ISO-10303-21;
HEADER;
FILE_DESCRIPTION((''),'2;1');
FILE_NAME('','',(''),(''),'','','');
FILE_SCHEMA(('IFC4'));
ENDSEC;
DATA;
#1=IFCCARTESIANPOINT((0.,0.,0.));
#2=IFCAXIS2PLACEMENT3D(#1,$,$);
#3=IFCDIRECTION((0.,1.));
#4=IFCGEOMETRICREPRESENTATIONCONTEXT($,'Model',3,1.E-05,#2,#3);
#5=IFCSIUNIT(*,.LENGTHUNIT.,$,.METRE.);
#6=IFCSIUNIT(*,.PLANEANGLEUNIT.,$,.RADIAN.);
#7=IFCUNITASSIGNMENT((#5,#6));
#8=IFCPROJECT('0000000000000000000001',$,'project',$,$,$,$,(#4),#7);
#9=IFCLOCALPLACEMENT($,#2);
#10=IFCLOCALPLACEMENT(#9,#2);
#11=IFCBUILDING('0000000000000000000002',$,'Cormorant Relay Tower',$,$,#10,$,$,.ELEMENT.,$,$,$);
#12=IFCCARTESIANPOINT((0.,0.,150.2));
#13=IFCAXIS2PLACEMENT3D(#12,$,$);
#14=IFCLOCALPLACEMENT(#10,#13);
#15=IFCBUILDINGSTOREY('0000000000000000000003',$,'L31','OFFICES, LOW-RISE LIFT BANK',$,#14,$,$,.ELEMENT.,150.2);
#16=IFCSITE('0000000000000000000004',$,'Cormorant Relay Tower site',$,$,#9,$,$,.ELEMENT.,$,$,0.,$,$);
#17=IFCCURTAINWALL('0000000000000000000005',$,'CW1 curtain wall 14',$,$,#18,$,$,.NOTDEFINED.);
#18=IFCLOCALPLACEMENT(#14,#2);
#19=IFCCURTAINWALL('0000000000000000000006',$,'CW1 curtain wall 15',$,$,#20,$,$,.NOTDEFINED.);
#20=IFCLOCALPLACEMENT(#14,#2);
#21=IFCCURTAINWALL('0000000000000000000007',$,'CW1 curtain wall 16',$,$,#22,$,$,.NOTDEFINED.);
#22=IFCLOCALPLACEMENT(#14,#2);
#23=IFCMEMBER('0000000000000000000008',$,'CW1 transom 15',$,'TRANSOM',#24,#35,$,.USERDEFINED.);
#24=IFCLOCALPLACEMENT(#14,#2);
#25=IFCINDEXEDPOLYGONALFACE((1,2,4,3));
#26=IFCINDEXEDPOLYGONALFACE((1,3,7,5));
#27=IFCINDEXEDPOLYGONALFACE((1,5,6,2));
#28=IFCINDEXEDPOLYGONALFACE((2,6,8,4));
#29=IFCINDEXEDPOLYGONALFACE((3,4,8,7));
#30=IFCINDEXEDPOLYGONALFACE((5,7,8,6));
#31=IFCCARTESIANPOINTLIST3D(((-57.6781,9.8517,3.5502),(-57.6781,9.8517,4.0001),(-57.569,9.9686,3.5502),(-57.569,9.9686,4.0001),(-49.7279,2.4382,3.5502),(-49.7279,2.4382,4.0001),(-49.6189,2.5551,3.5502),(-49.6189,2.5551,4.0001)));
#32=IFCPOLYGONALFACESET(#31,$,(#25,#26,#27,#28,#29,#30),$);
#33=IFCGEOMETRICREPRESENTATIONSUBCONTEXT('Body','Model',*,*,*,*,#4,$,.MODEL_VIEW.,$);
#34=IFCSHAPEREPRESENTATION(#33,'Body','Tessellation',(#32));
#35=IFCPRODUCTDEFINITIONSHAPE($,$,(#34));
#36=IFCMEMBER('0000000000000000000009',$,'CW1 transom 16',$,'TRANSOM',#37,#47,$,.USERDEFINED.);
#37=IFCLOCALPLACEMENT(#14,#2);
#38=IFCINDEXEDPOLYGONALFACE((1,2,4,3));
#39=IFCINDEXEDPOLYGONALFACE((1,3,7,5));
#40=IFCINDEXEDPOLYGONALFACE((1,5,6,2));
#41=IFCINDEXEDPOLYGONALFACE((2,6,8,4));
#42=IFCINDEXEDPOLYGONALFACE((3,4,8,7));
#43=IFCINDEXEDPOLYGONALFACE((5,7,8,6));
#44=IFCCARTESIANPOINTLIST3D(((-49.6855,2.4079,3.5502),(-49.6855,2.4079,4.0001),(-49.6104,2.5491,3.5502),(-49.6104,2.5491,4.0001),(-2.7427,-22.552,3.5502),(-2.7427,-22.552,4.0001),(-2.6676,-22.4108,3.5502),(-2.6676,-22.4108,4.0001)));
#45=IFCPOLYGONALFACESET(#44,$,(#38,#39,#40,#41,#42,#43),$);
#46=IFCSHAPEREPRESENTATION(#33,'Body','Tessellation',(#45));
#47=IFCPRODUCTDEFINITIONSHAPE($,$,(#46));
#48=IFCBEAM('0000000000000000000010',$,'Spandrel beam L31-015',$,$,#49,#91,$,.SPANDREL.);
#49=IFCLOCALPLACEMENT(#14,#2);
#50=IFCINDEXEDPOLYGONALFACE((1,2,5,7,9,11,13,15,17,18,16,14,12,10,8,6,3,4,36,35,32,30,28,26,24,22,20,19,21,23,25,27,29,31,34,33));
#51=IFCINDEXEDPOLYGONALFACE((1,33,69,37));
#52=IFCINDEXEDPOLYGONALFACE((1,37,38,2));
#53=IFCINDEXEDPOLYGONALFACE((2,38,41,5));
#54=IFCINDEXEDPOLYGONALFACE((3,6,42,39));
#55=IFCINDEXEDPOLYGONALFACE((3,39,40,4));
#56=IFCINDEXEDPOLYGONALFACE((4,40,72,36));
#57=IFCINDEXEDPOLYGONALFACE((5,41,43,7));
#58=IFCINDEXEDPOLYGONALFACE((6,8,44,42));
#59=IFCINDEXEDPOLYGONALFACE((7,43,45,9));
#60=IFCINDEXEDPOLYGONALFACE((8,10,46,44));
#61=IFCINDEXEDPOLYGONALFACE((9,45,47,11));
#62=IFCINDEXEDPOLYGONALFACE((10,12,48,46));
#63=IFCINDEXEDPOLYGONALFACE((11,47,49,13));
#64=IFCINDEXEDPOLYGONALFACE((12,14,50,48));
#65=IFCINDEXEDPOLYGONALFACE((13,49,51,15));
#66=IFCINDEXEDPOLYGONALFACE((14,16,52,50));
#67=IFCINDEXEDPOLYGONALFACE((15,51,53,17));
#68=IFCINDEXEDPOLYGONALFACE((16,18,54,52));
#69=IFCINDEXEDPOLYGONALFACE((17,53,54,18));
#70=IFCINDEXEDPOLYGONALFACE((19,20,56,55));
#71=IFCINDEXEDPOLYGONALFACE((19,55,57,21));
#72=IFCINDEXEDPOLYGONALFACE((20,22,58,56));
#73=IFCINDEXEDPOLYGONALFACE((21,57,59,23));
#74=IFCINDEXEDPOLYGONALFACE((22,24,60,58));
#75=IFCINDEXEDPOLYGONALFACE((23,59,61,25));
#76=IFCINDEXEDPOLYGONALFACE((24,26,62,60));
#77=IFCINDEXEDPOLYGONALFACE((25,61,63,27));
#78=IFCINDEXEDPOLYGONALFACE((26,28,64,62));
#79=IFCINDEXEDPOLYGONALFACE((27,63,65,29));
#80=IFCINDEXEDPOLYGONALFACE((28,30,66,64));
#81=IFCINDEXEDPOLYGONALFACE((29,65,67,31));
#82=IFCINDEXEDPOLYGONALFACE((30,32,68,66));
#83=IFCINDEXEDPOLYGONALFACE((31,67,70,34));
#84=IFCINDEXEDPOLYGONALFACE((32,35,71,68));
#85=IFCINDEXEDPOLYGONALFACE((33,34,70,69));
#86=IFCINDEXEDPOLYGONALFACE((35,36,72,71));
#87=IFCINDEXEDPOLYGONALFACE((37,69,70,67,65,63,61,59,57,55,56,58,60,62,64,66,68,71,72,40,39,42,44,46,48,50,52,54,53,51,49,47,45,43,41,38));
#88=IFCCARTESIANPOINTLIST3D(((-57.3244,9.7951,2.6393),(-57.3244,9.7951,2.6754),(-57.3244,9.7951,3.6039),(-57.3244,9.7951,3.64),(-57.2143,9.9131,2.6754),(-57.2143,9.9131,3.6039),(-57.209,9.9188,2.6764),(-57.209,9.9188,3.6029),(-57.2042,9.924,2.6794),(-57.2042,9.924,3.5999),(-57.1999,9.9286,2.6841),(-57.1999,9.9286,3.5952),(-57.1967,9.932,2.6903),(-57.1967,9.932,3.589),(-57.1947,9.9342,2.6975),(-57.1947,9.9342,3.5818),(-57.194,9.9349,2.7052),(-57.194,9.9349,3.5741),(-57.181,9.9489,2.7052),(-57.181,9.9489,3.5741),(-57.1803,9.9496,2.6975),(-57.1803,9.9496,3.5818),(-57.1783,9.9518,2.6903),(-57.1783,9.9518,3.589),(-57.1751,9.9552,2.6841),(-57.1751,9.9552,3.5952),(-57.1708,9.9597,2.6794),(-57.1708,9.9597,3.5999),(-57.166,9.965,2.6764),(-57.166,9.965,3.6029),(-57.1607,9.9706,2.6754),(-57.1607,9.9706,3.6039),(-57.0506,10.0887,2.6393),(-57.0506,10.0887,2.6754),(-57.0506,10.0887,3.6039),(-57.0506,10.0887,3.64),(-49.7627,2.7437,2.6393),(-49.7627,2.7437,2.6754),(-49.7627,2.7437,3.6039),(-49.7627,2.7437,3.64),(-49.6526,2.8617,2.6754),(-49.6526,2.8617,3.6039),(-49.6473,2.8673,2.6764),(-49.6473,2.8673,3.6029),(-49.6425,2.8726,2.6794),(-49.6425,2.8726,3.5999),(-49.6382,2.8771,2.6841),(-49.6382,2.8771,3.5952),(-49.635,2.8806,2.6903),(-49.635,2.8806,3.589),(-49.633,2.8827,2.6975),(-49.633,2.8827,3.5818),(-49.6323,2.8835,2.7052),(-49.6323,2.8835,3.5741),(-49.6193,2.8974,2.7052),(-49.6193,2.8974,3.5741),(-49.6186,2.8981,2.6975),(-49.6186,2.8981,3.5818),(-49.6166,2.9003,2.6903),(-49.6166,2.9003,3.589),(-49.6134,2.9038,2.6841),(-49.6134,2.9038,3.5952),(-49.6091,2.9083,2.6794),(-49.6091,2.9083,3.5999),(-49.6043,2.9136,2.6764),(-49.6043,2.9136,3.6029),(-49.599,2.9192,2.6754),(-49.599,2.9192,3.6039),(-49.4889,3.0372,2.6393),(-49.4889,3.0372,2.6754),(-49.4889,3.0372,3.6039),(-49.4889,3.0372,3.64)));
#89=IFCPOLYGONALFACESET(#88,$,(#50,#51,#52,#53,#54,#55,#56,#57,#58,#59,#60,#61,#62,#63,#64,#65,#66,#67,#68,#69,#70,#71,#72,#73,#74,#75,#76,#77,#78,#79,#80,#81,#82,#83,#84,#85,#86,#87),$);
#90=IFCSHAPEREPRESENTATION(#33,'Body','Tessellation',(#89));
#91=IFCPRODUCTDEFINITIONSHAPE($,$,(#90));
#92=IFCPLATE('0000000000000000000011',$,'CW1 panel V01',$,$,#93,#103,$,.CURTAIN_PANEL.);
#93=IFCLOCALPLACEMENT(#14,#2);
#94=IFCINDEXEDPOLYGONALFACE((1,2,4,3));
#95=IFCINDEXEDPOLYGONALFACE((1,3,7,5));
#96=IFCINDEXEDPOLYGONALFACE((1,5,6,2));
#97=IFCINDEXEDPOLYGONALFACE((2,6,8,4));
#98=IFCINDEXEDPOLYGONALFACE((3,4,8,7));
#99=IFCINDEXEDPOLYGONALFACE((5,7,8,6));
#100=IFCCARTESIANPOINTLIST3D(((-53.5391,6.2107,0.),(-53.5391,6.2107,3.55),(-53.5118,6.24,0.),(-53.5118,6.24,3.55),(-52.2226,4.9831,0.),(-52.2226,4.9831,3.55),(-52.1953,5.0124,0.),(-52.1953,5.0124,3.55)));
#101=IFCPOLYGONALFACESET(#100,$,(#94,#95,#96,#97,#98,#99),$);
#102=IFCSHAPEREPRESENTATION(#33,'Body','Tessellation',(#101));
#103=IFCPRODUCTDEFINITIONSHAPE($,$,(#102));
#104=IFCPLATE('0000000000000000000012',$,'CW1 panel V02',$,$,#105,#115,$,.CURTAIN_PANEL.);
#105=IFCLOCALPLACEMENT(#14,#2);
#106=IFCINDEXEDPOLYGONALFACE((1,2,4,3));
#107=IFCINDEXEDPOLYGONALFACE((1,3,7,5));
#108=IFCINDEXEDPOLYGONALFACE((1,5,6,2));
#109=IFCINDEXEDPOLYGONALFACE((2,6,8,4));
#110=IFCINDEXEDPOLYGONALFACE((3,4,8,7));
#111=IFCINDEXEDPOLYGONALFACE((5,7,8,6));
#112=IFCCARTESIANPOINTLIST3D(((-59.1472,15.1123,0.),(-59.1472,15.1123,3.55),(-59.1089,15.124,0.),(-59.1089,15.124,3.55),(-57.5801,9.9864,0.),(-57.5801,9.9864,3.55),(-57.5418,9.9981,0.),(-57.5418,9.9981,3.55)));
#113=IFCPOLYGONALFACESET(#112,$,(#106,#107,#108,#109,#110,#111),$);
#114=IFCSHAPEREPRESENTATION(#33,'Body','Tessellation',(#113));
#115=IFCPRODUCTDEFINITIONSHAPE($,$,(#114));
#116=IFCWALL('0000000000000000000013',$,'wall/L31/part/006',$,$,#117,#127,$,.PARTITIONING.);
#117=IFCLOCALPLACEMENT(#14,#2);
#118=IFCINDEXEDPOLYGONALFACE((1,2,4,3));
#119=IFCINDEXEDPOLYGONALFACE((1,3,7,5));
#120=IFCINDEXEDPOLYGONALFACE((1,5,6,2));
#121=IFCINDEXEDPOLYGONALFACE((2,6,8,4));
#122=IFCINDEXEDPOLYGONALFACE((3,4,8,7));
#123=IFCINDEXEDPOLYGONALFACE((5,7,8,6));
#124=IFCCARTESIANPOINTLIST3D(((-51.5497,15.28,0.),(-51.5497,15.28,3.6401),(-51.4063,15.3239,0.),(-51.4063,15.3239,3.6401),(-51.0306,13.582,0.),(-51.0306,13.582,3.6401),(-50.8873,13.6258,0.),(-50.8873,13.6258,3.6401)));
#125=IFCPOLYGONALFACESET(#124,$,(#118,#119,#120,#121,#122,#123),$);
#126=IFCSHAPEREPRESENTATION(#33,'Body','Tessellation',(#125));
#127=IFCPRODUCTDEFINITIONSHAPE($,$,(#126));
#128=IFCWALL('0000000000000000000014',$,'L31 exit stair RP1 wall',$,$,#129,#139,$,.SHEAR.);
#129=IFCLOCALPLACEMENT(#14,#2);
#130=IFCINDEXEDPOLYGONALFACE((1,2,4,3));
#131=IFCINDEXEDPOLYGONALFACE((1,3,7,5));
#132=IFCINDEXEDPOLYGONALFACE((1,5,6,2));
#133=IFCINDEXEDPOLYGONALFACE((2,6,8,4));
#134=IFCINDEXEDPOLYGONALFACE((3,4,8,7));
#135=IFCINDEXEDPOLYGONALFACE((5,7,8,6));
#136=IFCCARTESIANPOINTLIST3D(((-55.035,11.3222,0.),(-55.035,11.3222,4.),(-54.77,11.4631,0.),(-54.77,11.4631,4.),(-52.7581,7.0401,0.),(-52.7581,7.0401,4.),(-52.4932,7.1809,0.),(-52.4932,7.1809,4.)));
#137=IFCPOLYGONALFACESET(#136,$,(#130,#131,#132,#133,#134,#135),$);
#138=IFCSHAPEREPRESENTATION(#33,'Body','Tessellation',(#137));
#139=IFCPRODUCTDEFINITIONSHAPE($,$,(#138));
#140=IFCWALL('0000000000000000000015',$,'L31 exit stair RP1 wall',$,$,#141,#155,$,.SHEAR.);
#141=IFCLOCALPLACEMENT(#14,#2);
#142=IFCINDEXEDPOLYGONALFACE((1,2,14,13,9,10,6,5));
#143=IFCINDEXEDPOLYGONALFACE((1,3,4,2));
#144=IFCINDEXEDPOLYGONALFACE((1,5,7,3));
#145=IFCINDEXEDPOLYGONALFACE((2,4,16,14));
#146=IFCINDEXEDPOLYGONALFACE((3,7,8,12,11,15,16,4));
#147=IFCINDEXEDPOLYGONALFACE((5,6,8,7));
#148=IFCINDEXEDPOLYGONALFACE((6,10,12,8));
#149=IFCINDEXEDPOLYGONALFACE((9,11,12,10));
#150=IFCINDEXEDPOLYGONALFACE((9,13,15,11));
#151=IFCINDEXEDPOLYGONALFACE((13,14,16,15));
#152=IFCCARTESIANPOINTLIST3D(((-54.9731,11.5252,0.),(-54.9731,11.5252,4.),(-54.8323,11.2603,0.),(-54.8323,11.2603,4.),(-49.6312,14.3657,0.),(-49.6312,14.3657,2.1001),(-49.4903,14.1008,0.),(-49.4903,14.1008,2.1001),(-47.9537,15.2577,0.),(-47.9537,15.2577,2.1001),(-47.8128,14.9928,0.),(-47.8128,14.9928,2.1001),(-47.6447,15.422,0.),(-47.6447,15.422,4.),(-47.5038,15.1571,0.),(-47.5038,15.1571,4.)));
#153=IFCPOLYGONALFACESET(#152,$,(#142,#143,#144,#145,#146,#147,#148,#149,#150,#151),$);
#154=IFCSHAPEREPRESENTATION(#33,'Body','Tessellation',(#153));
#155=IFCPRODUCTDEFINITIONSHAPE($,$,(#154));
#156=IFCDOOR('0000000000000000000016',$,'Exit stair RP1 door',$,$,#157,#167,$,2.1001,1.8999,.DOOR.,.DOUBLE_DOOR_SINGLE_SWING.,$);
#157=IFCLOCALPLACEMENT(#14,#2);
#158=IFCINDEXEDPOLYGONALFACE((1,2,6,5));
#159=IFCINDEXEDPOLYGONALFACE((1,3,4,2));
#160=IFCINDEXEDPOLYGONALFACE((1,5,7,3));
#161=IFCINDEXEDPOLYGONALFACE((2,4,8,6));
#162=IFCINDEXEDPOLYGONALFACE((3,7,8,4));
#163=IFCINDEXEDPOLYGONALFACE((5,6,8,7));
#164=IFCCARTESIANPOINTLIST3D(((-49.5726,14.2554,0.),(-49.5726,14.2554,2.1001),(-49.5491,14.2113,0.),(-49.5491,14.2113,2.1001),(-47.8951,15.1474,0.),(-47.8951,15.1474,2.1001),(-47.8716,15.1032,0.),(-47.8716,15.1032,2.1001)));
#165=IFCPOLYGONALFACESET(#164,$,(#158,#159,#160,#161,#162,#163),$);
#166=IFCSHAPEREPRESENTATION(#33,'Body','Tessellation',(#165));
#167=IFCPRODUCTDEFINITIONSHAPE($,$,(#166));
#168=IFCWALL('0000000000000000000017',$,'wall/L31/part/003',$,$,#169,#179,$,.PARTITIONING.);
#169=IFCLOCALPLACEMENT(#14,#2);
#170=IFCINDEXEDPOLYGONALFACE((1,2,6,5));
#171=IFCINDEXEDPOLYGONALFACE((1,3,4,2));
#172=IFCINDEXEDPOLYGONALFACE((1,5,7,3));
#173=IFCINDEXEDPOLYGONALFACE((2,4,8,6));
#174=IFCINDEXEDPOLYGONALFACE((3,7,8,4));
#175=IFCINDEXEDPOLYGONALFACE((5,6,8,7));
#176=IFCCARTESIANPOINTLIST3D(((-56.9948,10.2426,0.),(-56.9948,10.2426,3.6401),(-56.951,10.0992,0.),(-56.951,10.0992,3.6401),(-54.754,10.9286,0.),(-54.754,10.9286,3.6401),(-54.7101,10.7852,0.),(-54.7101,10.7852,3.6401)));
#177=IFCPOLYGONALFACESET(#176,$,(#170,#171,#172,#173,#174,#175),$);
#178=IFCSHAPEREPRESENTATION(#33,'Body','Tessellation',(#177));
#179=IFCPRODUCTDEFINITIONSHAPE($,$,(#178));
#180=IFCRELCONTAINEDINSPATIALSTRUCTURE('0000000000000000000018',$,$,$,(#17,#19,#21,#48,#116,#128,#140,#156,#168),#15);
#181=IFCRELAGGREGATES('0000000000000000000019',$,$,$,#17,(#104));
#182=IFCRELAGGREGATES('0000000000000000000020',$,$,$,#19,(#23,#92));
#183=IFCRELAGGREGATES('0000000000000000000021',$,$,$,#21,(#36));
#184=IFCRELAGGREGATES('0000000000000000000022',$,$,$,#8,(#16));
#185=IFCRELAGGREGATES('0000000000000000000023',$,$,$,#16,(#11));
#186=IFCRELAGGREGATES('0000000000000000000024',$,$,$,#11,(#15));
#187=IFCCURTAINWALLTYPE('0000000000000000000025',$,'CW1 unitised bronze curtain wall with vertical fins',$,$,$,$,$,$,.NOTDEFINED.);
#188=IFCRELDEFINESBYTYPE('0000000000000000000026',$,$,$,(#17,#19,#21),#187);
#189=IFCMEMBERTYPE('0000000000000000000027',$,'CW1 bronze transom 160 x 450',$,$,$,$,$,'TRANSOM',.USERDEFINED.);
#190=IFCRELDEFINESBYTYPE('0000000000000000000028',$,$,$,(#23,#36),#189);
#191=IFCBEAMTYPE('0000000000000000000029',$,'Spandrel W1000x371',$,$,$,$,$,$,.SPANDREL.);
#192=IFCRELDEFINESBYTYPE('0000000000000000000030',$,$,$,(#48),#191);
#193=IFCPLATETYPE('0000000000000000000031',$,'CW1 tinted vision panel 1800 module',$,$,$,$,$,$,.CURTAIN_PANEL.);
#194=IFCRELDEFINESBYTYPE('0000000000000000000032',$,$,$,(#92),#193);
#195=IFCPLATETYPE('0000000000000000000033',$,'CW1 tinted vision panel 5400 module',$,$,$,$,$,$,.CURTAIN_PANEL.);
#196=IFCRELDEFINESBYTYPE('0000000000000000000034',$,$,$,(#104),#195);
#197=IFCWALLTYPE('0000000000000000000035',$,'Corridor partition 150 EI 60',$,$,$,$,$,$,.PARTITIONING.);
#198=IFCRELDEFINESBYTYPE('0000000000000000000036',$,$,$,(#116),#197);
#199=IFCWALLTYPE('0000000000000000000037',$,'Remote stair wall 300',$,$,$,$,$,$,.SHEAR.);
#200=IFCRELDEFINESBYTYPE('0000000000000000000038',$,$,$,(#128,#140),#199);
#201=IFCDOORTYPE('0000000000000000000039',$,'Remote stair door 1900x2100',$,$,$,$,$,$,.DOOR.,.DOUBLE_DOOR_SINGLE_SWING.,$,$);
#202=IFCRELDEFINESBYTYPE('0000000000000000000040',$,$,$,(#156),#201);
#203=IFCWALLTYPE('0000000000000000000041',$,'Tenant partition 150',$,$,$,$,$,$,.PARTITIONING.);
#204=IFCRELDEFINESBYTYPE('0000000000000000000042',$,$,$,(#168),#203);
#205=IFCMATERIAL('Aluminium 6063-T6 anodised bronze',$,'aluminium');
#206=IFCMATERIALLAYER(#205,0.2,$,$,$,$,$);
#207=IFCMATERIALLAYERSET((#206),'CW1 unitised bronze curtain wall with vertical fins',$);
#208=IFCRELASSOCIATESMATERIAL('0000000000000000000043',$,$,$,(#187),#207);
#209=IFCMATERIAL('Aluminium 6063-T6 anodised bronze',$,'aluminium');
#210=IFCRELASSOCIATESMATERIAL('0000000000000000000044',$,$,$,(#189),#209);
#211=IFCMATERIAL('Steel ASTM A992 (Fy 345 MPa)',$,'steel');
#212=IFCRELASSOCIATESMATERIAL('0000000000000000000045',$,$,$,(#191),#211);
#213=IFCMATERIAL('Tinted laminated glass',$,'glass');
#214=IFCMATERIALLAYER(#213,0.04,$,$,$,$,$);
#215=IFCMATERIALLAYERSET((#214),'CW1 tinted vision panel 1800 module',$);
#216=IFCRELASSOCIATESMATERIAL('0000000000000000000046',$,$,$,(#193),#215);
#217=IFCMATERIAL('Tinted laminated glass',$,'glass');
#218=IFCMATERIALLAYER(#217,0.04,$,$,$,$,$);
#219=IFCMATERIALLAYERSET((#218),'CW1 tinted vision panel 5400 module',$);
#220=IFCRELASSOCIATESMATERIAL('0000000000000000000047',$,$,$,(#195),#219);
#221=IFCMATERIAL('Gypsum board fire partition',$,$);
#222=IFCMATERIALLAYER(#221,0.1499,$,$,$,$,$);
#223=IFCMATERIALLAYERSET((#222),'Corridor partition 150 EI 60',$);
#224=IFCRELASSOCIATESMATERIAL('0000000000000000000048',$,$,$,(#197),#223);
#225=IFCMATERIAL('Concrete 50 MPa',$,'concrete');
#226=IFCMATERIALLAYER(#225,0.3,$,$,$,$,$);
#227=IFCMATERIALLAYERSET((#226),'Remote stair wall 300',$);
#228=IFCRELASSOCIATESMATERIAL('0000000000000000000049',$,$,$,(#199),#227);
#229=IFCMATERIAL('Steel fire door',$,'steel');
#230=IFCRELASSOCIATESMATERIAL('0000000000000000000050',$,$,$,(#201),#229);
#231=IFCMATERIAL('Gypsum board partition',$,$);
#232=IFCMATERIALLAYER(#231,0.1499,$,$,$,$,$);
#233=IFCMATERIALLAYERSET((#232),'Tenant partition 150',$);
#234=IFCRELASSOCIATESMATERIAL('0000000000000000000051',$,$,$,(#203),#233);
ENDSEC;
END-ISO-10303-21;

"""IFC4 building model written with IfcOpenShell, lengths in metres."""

from ifc_helpers import new_model, si_unit, direction, frame, frame_2d, origin, origin_2d, place, context, subcontext, project, spatial, rectangle, i_section, extrude, material, layer, layer_set, material_profile, profile_set, type_object, element, fill, aggregate, save


model = new_model("IFC4")

# Units and contexts
model_context = context("Model", 3, precision=1e-05, world=origin(), true_north=direction((0.0, 1.0)))
body_context = subcontext(model_context, "Body", "Model", "MODEL_VIEW")
ifc_project = project(units=[si_unit("LENGTHUNIT", "METRE"), si_unit("PLANEANGLEUNIT", "RADIAN")], contexts=[model_context])

# Site, building, storey
site_placement = place(None, origin())
site = spatial("IfcSite", under=ifc_project, at=site_placement, Name="Cormorant Relay Tower site", CompositionType="ELEMENT", RefElevation=0.0)
building_placement = place(site_placement, origin())
building = spatial("IfcBuilding", under=site, at=building_placement, Name="Cormorant Relay Tower", CompositionType="ELEMENT")
storey_placement = place(building_placement, frame((0.0, 0.0, 150.2)))
storey = spatial("IfcBuildingStorey", under=building, at=storey_placement, Name="L31", Description="OFFICES, LOW-RISE LIFT BANK", CompositionType="ELEMENT", Elevation=150.2)

# Curtain wall
ifc_material_1 = material(Name="Aluminium 6063-T6 anodised bronze", Category="aluminium")
ifc_layer_1 = layer(ifc_material_1, 0.2)
ifc_layer_set_1 = layer_set([ifc_layer_1], Name="CW1 unitised bronze curtain wall with vertical fins")
curtain_wall_type = type_object("IfcCurtainWallType", Name="CW1 unitised bronze curtain wall with vertical fins", PredefinedType="NOTDEFINED", material=ifc_layer_set_1)
curtain_wall_1_placement = place(storey_placement, origin())
curtain_wall_1 = element("IfcCurtainWall", 1, at=curtain_wall_1_placement, inside=storey, type_object=curtain_wall_type, Name="CW1 curtain wall 14", PredefinedType="NOTDEFINED")

# Curtain wall
curtain_wall_2_placement = place(storey_placement, origin())
curtain_wall_2 = element("IfcCurtainWall", 2, at=curtain_wall_2_placement, inside=storey, type_object=curtain_wall_type, Name="CW1 curtain wall 15", PredefinedType="NOTDEFINED")

# Curtain wall
curtain_wall_3_placement = place(storey_placement, origin())
curtain_wall_3 = element("IfcCurtainWall", 3, at=curtain_wall_3_placement, inside=storey, type_object=curtain_wall_type, Name="CW1 curtain wall 16", PredefinedType="NOTDEFINED")

# Members
ifc_material_2 = material(Name="Aluminium 6063-T6 anodised bronze", Category="aluminium")
ifc_material_profile_1 = material_profile(ifc_material_2, rectangle(XDim=0.1599, YDim=0.45, at=origin_2d()), Name="AL 160x450")
ifc_profile_set_1 = profile_set([ifc_material_profile_1], Name="Aluminium 6063-T6 anodised bronze")
member_type_1 = type_object("IfcMemberType", Name="CW1 bronze transom 160 x 450", ElementType="TRANSOM", PredefinedType="USERDEFINED", material=ifc_profile_set_1)
member_1_placement = place(storey_placement, frame((-57.6235, 9.9102, 3.7751), z_axis=(0.731358, -0.681993, 0.0), x_axis=(0.681993, 0.731358, 0.0)))
member_1 = element("IfcMember", 4, at=member_1_placement, type_object=member_type_1, Name="CW1 transom 15", ObjectType="TRANSOM", PredefinedType="USERDEFINED", context=body_context, shape_type="SweptSolid", body=[
    extrude(rectangle(XDim=0.1599, YDim=0.45, at=origin_2d()), origin(), (0.0, 0.0, 1.0), 10.8704),
])
member_2_placement = place(storey_placement, frame((-49.6479, 2.4785, 3.7751), z_axis=(0.882948, -0.469471, 0.0), x_axis=(0.469471, 0.882948, 0.0)))
member_2 = element("IfcMember", 5, at=member_2_placement, type_object=member_type_1, Name="CW1 transom 16", ObjectType="TRANSOM", PredefinedType="USERDEFINED", context=body_context, shape_type="SweptSolid", body=[
    extrude(rectangle(XDim=0.1599, YDim=0.45, at=origin_2d()), origin(), (0.0, 0.0, 1.0), 53.166),
])

# Beam
ifc_material_3 = material(Name="Steel ASTM A992 (Fy 345 MPa)", Category="steel")
ifc_material_profile_2 = material_profile(ifc_material_3, i_section(OverallWidth=0.4014, OverallDepth=1.0007, WebThickness=0.019, FlangeThickness=0.0361, FilletRadius=0.0298, at=origin_2d()), Name="W1000x371")
ifc_profile_set_2 = profile_set([ifc_material_profile_2], Name="Steel ASTM A992 (Fy 345 MPa)")
beam_type = type_object("IfcBeamType", Name="Spandrel W1000x371", PredefinedType="SPANDREL", material=ifc_profile_set_2)
beam_placement = place(storey_placement, frame((-57.1875, 9.9419, 3.1396), z_axis=(0.731351, -0.682001, 0.0), x_axis=(0.682001, 0.731351, 0.0)))
element("IfcBeam", 6, at=beam_placement, inside=storey, type_object=beam_type, Name="Spandrel beam L31-015", PredefinedType="SPANDREL", context=body_context, shape_type="SweptSolid", body=[
    extrude(i_section(OverallWidth=0.4014, OverallDepth=1.0007, WebThickness=0.019, FlangeThickness=0.0361, FilletRadius=0.0298, at=origin_2d()), origin(), (0.0, 0.0, 1.0), 10.3394),
])

# Plates
ifc_material_4 = material(Name="Tinted laminated glass", Category="glass")
ifc_layer_2 = layer(ifc_material_4, 0.04)
ifc_layer_set_2 = layer_set([ifc_layer_2], Name="CW1 tinted vision panel 1800 module")
plate_type_1 = type_object("IfcPlateType", Name="CW1 tinted vision panel 1800 module", PredefinedType="CURTAIN_PANEL", material=ifc_layer_set_2)
plate_1_placement = place(storey_placement, frame((-52.8672, 5.6116, 0.0), z_axis=(0.0, 0.0, 1.0), x_axis=(0.731354, -0.681998, 0.0)))
plate_1 = element("IfcPlate", 7, at=plate_1_placement, type_object=plate_type_1, Name="CW1 panel V01", PredefinedType="CURTAIN_PANEL", context=body_context, shape_type="SweptSolid", body=[
    extrude(rectangle(XDim=1.8, YDim=0.04, at=origin_2d()), origin(), (0.0, 0.0, 1.0), 3.55),
])
ifc_material_5 = material(Name="Tinted laminated glass", Category="glass")
ifc_layer_3 = layer(ifc_material_5, 0.04)
ifc_layer_set_3 = layer_set([ifc_layer_3], Name="CW1 tinted vision panel 5400 module")
plate_type_2 = type_object("IfcPlateType", Name="CW1 tinted vision panel 5400 module", PredefinedType="CURTAIN_PANEL", material=ifc_layer_set_3)
plate_2_placement = place(storey_placement, frame((-58.3445, 12.5552, 0.0), z_axis=(0.0, 0.0, 1.0), x_axis=(0.292372, -0.956305, 0.0)))
plate_2 = element("IfcPlate", 8, at=plate_2_placement, type_object=plate_type_2, Name="CW1 panel V02", PredefinedType="CURTAIN_PANEL", context=body_context, shape_type="SweptSolid", body=[
    extrude(rectangle(XDim=5.3601, YDim=0.04, at=origin_2d()), origin(), (0.0, 0.0, 1.0), 3.55),
])
aggregate(curtain_wall_1, [plate_2])

# Walls
ifc_material_6 = material(Name="Gypsum board fire partition")
ifc_layer_4 = layer(ifc_material_6, 0.1499)
ifc_layer_set_4 = layer_set([ifc_layer_4], Name="Corridor partition 150 EI 60")
wall_type_1 = type_object("IfcWallType", Name="Corridor partition 150 EI 60", PredefinedType="PARTITIONING", material=ifc_layer_set_4)
wall_1_placement = place(storey_placement, frame((-50.959, 13.604, 0.0), z_axis=(0.0, 0.0, 1.0), x_axis=(-0.292327, 0.956318, 0.0)))
element("IfcWall", 9, at=wall_1_placement, inside=storey, type_object=wall_type_1, Name="wall/L31/part/006", PredefinedType="PARTITIONING", context=body_context, shape_type="SweptSolid", body=[
    extrude(rectangle(XDim=1.7756, YDim=0.1499, at=frame_2d((0.8877, 0.0))), origin(), (0.0, 0.0, 1.0), 3.6401),
])
ifc_material_7 = material(Name="Concrete 50 MPa", Category="concrete")
ifc_layer_5 = layer(ifc_material_7, 0.3)
ifc_layer_set_5 = layer_set([ifc_layer_5], Name="Remote stair wall 300")
wall_type_2 = type_object("IfcWallType", Name="Remote stair wall 300", PredefinedType="SHEAR", material=ifc_layer_set_5)
wall_2_placement = place(storey_placement, frame((-52.6257, 7.1106, 0.0), z_axis=(0.0, 0.0, 1.0), x_axis=(-0.469464, 0.882951, 0.0)))
element("IfcWall", 10, at=wall_2_placement, inside=storey, type_object=wall_type_2, Name="L31 exit stair RP1 wall", PredefinedType="SHEAR", context=body_context, shape_type="SweptSolid", body=[
    extrude(rectangle(XDim=4.8499, YDim=0.3, at=frame_2d((2.4248, 0.0))), origin(), (0.0, 0.0, 1.0), 4.0),
])

# Wall, opening, door
wall_3_placement = place(storey_placement, frame((-54.9026, 11.3928, 0.0), z_axis=(0.0, 0.0, 1.0), x_axis=(0.882939, 0.469487, 0.0)))
wall_3 = element("IfcWall", 11, at=wall_3_placement, inside=storey, type_object=wall_type_2, Name="L31 exit stair RP1 wall", PredefinedType="SHEAR", context=body_context, shape_type="SweptSolid", body=[
    extrude(rectangle(XDim=8.3, YDim=0.3, at=frame_2d((4.1499, 0.0))), origin(), (0.0, 0.0, 1.0), 4.0),
])
opening_placement = place(wall_3_placement, frame((6.05, 0.0, 0.0)))
opening = element("IfcOpeningElement", 12, at=opening_placement, cuts=wall_3, PredefinedType="OPENING", context=body_context, shape_type="SweptSolid", body=[
    extrude(rectangle(XDim=1.8999, YDim=2.1001, at=frame_2d((0.95, 1.05))), frame((0.0, 0.1599, 0.0), z_axis=(0.0, -1.0, 0.0), x_axis=(1.0, 0.0, 0.0)), (0.0, 0.0, 1.0), 0.3201),
])
ifc_material_8 = material(Name="Steel fire door", Category="steel")
door_type = type_object("IfcDoorType", Name="Remote stair door 1900x2100", OperationType="DOUBLE_DOOR_SINGLE_SWING", PredefinedType="DOOR", material=ifc_material_8)
door_placement = place(opening_placement, frame((1.8999, 0.0, 0.0), z_axis=(0.0, 0.0, 1.0), x_axis=(-1.0, 0.0, 0.0)))
door = element("IfcDoor", 13, at=door_placement, inside=storey, type_object=door_type, Name="Exit stair RP1 door", OperationType="DOUBLE_DOOR_SINGLE_SWING", OverallHeight=2.1001, OverallWidth=1.8999, PredefinedType="DOOR", context=body_context, shape_type="SweptSolid", body=[
    extrude(rectangle(XDim=1.8999, YDim=2.1001, at=frame_2d((0.95, 1.05))), frame((0.0, 0.0249, 0.0), z_axis=(0.0, -1.0, 0.0), x_axis=(1.0, 0.0, 0.0)), (0.0, 0.0, 1.0), 0.05),
])
fill(opening, door)

# Wall
ifc_material_9 = material(Name="Gypsum board partition")
ifc_layer_6 = layer(ifc_material_9, 0.1499)
ifc_layer_set_6 = layer_set([ifc_layer_6], Name="Tenant partition 150")
wall_type_3 = type_object("IfcWallType", Name="Tenant partition 150", PredefinedType="PARTITIONING", material=ifc_layer_set_6)
wall_4_placement = place(storey_placement, frame((-54.7319, 10.8569, 0.0), z_axis=(0.0, 0.0, 1.0), x_axis=(-0.956197, -0.292724, 0.0)))
element("IfcWall", 14, at=wall_4_placement, inside=storey, type_object=wall_type_3, Name="wall/L31/part/003", PredefinedType="PARTITIONING", context=body_context, shape_type="SweptSolid", body=[
    extrude(rectangle(XDim=2.3435, YDim=0.1499, at=frame_2d((1.1719, 0.0))), origin(), (0.0, 0.0, 1.0), 3.6401),
])

aggregate(curtain_wall_2, [member_1, plate_1])
aggregate(curtain_wall_3, [member_2])

save(model, "model.ifc")
